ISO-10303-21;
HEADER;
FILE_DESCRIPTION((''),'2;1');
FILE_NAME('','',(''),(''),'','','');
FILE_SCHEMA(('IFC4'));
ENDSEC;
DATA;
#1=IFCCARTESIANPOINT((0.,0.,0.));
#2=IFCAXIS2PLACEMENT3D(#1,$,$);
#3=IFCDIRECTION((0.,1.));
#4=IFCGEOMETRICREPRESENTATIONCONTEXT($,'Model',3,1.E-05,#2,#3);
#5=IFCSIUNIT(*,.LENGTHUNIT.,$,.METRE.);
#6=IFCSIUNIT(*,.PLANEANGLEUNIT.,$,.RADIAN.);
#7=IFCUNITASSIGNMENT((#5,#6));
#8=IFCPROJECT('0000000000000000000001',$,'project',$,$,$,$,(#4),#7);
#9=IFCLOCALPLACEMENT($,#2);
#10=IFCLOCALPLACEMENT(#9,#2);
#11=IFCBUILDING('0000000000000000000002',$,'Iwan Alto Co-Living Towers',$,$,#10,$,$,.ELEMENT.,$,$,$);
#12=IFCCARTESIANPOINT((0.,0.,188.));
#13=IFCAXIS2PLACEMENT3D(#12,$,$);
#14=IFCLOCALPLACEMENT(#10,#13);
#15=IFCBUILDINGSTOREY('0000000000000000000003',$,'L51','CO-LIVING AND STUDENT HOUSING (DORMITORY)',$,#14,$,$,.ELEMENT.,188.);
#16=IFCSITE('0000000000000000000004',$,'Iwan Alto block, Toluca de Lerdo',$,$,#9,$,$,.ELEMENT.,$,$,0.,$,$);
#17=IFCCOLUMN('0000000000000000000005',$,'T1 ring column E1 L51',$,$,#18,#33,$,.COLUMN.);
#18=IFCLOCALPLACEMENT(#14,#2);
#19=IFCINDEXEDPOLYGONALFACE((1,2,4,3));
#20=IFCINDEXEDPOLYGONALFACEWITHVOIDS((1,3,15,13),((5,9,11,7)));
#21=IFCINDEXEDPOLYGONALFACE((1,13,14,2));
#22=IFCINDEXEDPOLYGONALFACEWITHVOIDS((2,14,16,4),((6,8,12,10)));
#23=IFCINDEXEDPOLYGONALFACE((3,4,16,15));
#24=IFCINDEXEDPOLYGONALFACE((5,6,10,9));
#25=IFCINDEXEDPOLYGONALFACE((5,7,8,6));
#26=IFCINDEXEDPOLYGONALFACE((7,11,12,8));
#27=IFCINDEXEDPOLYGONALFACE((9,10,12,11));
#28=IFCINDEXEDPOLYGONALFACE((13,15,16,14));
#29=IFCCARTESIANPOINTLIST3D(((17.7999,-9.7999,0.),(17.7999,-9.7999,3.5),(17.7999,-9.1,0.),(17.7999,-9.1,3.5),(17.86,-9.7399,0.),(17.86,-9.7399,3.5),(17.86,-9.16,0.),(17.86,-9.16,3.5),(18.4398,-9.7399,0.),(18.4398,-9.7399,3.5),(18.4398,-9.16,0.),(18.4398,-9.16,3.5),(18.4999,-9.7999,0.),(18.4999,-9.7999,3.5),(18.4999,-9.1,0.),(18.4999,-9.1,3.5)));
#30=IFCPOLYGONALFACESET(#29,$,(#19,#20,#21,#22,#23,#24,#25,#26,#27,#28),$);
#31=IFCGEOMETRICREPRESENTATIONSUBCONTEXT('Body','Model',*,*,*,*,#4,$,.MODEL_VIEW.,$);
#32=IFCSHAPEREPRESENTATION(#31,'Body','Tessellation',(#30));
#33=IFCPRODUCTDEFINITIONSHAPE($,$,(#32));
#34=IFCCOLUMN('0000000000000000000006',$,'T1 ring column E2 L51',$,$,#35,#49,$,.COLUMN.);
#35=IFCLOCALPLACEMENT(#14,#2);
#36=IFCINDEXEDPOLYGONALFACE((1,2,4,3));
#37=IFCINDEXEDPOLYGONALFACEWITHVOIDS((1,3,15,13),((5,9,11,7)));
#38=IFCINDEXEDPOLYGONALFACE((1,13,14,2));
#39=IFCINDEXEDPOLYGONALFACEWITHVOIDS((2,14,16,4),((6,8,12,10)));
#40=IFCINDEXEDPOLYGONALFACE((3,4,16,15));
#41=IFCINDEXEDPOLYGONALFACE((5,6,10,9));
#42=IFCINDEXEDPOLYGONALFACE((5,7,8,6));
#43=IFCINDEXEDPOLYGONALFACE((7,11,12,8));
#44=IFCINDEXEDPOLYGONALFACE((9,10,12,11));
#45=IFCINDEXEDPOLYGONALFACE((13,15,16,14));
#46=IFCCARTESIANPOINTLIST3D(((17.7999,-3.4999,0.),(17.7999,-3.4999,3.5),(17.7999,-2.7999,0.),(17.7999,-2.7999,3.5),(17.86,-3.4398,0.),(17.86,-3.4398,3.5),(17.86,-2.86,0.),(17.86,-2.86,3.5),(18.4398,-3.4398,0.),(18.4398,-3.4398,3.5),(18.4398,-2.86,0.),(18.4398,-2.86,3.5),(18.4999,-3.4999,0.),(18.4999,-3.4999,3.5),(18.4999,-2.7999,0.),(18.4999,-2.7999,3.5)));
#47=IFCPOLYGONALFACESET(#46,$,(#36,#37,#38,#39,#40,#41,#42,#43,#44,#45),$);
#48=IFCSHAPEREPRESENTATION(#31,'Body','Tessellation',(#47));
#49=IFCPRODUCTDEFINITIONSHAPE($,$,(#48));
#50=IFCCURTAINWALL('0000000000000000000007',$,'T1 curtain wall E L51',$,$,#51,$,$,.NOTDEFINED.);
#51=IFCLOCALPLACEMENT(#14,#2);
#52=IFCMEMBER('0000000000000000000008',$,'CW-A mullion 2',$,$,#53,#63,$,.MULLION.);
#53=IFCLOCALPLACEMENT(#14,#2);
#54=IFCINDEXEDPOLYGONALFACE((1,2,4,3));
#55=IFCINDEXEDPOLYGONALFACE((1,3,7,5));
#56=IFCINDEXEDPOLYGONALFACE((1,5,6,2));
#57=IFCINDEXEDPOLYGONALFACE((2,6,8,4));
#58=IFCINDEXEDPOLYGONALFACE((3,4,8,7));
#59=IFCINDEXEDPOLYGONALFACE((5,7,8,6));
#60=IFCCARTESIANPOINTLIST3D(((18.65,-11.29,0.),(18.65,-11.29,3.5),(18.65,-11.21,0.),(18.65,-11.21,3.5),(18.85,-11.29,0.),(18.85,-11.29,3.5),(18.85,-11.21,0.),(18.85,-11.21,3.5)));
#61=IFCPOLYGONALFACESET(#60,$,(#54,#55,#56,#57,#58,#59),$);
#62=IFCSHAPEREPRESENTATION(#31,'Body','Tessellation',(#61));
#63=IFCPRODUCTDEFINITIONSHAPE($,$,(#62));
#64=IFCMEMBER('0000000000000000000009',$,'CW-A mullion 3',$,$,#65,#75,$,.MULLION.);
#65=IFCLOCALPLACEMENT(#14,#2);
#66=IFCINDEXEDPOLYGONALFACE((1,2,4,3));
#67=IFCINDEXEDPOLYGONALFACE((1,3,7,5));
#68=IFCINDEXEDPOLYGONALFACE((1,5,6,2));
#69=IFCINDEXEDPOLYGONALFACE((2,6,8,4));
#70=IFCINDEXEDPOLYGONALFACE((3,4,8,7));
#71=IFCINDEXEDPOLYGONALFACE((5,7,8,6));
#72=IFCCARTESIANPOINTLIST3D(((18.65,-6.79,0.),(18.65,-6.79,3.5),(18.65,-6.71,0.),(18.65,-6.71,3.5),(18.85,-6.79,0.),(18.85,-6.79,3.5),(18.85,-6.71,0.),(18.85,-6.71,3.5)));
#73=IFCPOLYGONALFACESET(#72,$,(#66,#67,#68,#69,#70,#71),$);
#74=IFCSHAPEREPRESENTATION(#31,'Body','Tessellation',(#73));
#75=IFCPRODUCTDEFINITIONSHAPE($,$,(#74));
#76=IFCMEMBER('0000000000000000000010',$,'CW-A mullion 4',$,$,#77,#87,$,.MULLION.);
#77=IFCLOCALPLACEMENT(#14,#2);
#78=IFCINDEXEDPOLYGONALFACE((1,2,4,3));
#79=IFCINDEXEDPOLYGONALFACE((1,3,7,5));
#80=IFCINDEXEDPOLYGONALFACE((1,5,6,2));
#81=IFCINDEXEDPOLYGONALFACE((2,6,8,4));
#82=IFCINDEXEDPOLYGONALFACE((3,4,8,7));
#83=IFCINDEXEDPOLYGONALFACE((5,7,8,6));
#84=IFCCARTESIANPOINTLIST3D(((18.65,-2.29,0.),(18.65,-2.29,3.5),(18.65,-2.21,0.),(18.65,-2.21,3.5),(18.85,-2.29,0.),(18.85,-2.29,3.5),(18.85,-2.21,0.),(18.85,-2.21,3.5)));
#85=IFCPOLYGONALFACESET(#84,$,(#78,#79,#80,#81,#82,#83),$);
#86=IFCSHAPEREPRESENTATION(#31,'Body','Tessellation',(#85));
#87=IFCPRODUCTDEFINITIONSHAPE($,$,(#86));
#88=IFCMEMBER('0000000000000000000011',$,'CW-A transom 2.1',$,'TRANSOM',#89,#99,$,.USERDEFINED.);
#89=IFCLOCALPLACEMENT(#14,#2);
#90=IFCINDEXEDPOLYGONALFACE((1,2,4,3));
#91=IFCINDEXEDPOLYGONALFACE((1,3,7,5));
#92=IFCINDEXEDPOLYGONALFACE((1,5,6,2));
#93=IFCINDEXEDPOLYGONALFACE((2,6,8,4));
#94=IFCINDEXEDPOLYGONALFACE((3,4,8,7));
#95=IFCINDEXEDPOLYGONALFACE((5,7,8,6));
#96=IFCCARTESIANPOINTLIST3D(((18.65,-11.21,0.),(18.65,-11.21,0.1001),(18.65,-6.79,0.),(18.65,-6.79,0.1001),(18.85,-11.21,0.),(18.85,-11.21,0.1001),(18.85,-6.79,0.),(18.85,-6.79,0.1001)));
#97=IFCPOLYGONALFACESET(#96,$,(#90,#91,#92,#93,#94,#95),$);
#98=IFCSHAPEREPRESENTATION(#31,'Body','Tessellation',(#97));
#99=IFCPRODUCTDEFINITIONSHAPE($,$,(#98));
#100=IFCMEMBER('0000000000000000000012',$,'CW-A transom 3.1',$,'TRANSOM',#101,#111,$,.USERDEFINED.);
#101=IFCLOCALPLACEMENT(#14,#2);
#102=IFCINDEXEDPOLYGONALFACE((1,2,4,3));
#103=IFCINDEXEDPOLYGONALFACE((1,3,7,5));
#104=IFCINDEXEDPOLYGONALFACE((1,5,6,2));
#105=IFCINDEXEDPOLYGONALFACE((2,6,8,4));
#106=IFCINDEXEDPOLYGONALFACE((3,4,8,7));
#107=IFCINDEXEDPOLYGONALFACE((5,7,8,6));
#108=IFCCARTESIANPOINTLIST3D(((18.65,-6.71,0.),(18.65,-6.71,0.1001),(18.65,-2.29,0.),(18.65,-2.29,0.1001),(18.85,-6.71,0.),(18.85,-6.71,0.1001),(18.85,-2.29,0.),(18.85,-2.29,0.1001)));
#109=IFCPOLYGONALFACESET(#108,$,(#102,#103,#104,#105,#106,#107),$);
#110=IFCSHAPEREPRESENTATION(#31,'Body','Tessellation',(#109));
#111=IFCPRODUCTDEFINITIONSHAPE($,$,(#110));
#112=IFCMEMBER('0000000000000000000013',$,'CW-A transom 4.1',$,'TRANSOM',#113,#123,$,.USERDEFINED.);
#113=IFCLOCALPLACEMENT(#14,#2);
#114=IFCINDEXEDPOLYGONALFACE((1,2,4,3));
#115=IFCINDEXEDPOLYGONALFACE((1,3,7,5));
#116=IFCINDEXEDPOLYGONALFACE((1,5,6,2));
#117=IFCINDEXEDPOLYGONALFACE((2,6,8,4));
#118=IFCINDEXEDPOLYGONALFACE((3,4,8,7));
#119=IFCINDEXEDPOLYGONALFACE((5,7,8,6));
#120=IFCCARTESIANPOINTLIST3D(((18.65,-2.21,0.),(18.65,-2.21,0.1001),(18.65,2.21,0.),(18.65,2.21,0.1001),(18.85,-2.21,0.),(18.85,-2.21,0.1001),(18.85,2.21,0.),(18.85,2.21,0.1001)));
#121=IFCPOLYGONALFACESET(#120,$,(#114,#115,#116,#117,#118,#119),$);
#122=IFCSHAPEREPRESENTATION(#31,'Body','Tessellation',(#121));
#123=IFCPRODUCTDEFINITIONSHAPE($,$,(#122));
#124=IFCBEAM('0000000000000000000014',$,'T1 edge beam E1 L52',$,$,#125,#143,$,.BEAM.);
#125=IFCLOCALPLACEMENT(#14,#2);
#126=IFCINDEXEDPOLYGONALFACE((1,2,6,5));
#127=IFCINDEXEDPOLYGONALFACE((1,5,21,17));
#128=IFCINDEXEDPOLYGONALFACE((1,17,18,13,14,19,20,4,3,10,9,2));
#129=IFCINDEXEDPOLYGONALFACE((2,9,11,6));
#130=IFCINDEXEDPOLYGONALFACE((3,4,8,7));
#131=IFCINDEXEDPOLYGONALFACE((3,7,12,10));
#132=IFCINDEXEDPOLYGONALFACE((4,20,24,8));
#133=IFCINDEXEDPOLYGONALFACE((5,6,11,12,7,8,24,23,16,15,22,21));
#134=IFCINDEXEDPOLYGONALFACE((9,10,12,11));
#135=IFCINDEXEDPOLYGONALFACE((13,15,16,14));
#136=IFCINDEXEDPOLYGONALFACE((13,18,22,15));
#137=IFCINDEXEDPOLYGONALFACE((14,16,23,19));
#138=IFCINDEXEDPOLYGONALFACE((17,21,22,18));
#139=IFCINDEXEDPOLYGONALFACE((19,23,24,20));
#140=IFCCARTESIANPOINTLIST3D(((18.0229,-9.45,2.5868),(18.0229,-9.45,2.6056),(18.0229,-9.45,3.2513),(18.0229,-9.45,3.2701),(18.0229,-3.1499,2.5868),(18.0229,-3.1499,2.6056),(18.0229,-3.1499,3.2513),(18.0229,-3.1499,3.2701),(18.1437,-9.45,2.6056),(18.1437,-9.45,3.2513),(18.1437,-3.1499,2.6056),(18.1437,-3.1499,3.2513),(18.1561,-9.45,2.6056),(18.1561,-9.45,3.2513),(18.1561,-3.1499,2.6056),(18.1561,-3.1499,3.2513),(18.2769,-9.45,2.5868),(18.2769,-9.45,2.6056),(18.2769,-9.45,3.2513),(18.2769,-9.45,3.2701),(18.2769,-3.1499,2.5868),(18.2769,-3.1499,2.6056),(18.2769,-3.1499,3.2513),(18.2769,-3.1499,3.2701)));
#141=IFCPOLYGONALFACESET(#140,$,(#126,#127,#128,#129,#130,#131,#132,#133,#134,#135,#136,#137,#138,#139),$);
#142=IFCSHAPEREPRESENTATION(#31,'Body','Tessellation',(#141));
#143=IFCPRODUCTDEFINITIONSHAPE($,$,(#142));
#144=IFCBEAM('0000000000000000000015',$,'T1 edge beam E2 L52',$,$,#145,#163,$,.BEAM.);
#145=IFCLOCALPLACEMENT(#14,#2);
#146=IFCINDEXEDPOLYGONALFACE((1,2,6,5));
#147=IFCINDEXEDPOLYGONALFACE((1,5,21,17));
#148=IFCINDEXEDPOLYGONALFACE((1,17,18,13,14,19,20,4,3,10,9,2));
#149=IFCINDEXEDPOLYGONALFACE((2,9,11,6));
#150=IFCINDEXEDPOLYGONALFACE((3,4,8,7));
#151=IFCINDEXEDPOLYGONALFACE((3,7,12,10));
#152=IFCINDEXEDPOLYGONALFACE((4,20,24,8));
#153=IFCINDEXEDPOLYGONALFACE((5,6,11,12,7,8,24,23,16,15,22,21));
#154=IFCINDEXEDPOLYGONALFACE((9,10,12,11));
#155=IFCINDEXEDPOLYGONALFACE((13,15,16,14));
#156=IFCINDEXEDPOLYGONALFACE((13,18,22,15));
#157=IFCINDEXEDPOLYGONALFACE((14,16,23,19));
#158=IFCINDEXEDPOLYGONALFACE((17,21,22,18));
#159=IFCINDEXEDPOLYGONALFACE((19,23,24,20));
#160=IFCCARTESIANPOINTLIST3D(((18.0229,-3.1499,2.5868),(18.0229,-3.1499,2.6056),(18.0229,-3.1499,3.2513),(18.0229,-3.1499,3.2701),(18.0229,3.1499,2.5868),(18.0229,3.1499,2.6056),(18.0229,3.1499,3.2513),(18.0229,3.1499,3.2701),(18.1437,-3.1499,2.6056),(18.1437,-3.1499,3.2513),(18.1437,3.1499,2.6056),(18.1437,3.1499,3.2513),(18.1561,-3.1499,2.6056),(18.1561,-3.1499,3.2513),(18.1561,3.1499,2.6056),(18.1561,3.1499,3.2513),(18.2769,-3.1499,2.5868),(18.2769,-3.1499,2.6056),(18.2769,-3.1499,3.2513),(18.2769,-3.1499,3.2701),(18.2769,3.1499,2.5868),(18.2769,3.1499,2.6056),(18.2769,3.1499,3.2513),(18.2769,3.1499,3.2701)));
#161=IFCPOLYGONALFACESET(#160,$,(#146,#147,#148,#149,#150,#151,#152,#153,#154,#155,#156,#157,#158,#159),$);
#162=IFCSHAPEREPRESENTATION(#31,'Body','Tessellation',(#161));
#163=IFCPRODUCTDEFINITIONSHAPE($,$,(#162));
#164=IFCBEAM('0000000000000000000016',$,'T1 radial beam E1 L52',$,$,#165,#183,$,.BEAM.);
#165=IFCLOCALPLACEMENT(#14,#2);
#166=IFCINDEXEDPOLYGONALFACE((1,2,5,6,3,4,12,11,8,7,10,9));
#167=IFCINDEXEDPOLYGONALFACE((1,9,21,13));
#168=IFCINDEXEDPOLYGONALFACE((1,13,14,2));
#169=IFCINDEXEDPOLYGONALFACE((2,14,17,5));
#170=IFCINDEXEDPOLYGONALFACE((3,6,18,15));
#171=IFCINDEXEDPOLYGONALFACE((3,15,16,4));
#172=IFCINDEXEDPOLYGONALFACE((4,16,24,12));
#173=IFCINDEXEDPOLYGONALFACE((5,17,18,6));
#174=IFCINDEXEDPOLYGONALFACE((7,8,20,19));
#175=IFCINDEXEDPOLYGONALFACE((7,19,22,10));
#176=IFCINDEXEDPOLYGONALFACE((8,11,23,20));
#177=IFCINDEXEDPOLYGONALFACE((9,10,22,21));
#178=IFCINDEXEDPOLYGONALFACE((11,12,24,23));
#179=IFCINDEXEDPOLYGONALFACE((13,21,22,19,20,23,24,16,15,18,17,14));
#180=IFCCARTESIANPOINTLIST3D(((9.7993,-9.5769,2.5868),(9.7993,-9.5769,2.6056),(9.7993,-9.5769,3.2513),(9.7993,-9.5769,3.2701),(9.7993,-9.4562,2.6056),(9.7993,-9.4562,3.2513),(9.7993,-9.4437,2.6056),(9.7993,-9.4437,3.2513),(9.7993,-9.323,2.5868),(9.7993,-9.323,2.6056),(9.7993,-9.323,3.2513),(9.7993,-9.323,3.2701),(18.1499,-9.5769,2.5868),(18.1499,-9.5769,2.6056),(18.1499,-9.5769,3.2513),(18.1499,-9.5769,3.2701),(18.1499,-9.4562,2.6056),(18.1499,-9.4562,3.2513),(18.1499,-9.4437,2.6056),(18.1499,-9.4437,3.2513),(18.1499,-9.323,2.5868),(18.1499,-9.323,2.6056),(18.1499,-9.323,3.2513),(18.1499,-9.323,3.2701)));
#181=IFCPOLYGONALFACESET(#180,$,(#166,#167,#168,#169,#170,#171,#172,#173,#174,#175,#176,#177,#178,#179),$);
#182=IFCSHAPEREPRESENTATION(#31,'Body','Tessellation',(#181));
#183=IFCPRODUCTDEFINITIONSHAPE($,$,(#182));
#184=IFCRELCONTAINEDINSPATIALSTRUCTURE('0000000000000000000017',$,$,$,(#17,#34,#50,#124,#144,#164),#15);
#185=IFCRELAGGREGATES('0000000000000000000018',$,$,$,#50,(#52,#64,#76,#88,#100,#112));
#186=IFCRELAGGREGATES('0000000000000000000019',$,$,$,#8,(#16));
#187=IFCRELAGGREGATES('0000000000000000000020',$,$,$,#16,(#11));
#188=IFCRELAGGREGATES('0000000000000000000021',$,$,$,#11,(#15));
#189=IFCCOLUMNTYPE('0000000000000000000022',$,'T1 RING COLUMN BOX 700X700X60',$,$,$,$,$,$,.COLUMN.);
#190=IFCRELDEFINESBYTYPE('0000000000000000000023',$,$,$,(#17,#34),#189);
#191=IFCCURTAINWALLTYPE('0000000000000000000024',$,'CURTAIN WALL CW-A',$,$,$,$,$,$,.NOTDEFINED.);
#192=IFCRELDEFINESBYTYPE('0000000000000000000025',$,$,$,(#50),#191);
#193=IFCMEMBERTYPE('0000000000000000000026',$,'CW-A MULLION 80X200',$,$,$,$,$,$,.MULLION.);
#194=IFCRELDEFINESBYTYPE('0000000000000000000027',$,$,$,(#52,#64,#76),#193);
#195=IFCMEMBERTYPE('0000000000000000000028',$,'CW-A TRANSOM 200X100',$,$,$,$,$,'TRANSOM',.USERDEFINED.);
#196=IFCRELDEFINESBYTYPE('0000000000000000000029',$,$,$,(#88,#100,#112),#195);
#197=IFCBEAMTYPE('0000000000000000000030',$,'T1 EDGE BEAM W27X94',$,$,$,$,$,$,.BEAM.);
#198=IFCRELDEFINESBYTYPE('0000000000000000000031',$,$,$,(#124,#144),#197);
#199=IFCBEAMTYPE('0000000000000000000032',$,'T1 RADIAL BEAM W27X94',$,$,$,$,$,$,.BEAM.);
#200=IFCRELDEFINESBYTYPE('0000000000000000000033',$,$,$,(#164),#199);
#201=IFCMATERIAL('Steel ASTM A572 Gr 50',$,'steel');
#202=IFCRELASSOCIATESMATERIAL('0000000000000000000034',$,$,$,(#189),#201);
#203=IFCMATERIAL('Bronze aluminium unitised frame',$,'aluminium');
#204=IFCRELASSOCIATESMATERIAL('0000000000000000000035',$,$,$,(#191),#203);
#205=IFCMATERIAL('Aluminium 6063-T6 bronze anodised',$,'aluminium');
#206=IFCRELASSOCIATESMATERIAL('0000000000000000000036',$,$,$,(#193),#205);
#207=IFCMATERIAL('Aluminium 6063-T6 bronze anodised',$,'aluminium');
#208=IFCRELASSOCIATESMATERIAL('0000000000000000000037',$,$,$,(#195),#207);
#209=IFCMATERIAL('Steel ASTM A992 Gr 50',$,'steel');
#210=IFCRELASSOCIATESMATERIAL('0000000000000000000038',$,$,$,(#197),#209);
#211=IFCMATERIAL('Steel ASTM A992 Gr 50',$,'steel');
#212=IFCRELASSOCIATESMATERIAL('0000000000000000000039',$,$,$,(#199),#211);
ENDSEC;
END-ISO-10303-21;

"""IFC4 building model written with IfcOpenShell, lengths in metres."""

from ifc_helpers import new_model, si_unit, direction, frame, origin, origin_2d, place, context, subcontext, project, spatial, rectangle, hollow_rectangle, i_section, extrude, material, material_profile, profile_set, type_object, element, aggregate, save


model = new_model("IFC4")

# Units and contexts
model_context = context("Model", 3, precision=1e-05, world=origin(), true_north=direction((0.0, 1.0)))
body_context = subcontext(model_context, "Body", "Model", "MODEL_VIEW")
ifc_project = project(units=[si_unit("LENGTHUNIT", "METRE"), si_unit("PLANEANGLEUNIT", "RADIAN")], contexts=[model_context])

# Site, building, storey
site_placement = place(None, origin())
site = spatial("IfcSite", under=ifc_project, at=site_placement, Name="Iwan Alto block, Toluca de Lerdo", CompositionType="ELEMENT", RefElevation=0.0)
building_placement = place(site_placement, origin())
building = spatial("IfcBuilding", under=site, at=building_placement, Name="Iwan Alto Co-Living Towers", CompositionType="ELEMENT")
storey_placement = place(building_placement, frame((0.0, 0.0, 188.0)))
storey = spatial("IfcBuildingStorey", under=building, at=storey_placement, Name="L51", Description="CO-LIVING AND STUDENT HOUSING (DORMITORY)", CompositionType="ELEMENT", Elevation=188.0)

# Columns
ifc_material_1 = material(Name="Steel ASTM A572 Gr 50", Category="steel")
ifc_material_profile_1 = material_profile(ifc_material_1, hollow_rectangle(XDim=0.7, YDim=0.7, WallThickness=0.0601, at=origin_2d()), Name="BOX 700X700X60")
ifc_profile_set_1 = profile_set([ifc_material_profile_1], Name="Steel ASTM A572 Gr 50")
column_type = type_object("IfcColumnType", Name="T1 RING COLUMN BOX 700X700X60", PredefinedType="COLUMN", material=ifc_profile_set_1)
for number, where, z_axis, x_axis, name in (
    (1, (18.1499, -9.45, 0.0), (0.0, 0.0, 1.0), (1.0, 0.0, 0.0), "T1 ring column E1 L51"),
    (2, (18.1499, -3.1499, 0.0), (0.0, 0.0, 1.0), (1.0, 0.0, 0.0), "T1 ring column E2 L51"),
):
    element("IfcColumn", number, at=place(storey_placement, frame(where, z_axis=z_axis, x_axis=x_axis)), inside=storey, type_object=column_type, Name=name, PredefinedType="COLUMN", context=body_context, shape_type="SweptSolid", body=[
        extrude(hollow_rectangle(XDim=0.7, YDim=0.7, WallThickness=0.0601, at=origin_2d()), origin(), (0.0, 0.0, 1.0), 3.5),
    ])

# Curtain wall, members
ifc_material_2 = material(Name="Bronze aluminium unitised frame", Category="aluminium")
curtain_wall_type = type_object("IfcCurtainWallType", Name="CURTAIN WALL CW-A", PredefinedType="NOTDEFINED", material=ifc_material_2)
curtain_wall_placement = place(storey_placement, origin())
curtain_wall = element("IfcCurtainWall", 3, at=curtain_wall_placement, inside=storey, type_object=curtain_wall_type, Name="T1 curtain wall E L51", PredefinedType="NOTDEFINED")
ifc_material_3 = material(Name="Aluminium 6063-T6 bronze anodised", Category="aluminium")
ifc_material_profile_2 = material_profile(ifc_material_3, rectangle(XDim=0.2, YDim=0.0801, at=origin_2d()), Name="AL 80X200")
ifc_profile_set_2 = profile_set([ifc_material_profile_2], Name="Aluminium 6063-T6 bronze anodised")
member_type_1 = type_object("IfcMemberType", Name="CW-A MULLION 80X200", PredefinedType="MULLION", material=ifc_profile_set_2)
member_1_placement = place(storey_placement, frame((18.75, -11.25, 0.0), z_axis=(0.0, 0.0, 1.0), x_axis=(-1.0, 0.0, 0.0)))
member_1 = element("IfcMember", 4, at=member_1_placement, type_object=member_type_1, Name="CW-A mullion 2", PredefinedType="MULLION", context=body_context, shape_type="SweptSolid", body=[
    extrude(rectangle(XDim=0.2, YDim=0.0801, at=origin_2d()), origin(), (0.0, 0.0, 1.0), 3.5),
])
member_2_placement = place(storey_placement, frame((18.75, -6.75, 0.0), z_axis=(0.0, 0.0, 1.0), x_axis=(-1.0, 0.0, 0.0)))
member_2 = element("IfcMember", 5, at=member_2_placement, type_object=member_type_1, Name="CW-A mullion 3", PredefinedType="MULLION", context=body_context, shape_type="SweptSolid", body=[
    extrude(rectangle(XDim=0.2, YDim=0.0801, at=origin_2d()), origin(), (0.0, 0.0, 1.0), 3.5),
])
member_3_placement = place(storey_placement, frame((18.75, -2.25, 0.0), z_axis=(0.0, 0.0, 1.0), x_axis=(-1.0, 0.0, 0.0)))
member_3 = element("IfcMember", 6, at=member_3_placement, type_object=member_type_1, Name="CW-A mullion 4", PredefinedType="MULLION", context=body_context, shape_type="SweptSolid", body=[
    extrude(rectangle(XDim=0.2, YDim=0.0801, at=origin_2d()), origin(), (0.0, 0.0, 1.0), 3.5),
])
ifc_material_4 = material(Name="Aluminium 6063-T6 bronze anodised", Category="aluminium")
ifc_material_profile_3 = material_profile(ifc_material_4, rectangle(XDim=0.2, YDim=0.1001, at=origin_2d()), Name="AL 200X100")
ifc_profile_set_3 = profile_set([ifc_material_profile_3], Name="Aluminium 6063-T6 bronze anodised")
member_type_2 = type_object("IfcMemberType", Name="CW-A TRANSOM 200X100", ElementType="TRANSOM", PredefinedType="USERDEFINED", material=ifc_profile_set_3)
member_4_placement = place(storey_placement, frame((18.75, -11.21, 0.05), z_axis=(0.0, 1.0, 0.0), x_axis=(-1.0, 0.0, 0.0)))
member_4 = element("IfcMember", 7, at=member_4_placement, type_object=member_type_2, Name="CW-A transom 2.1", ObjectType="TRANSOM", PredefinedType="USERDEFINED", context=body_context, shape_type="SweptSolid", body=[
    extrude(rectangle(XDim=0.2, YDim=0.1001, at=origin_2d()), origin(), (0.0, 0.0, 1.0), 4.4199),
])
member_5_placement = place(storey_placement, frame((18.75, -6.71, 0.05), z_axis=(0.0, 1.0, 0.0), x_axis=(-1.0, 0.0, 0.0)))
member_5 = element("IfcMember", 8, at=member_5_placement, type_object=member_type_2, Name="CW-A transom 3.1", ObjectType="TRANSOM", PredefinedType="USERDEFINED", context=body_context, shape_type="SweptSolid", body=[
    extrude(rectangle(XDim=0.2, YDim=0.1001, at=origin_2d()), origin(), (0.0, 0.0, 1.0), 4.4199),
])
member_6_placement = place(storey_placement, frame((18.75, -2.21, 0.05), z_axis=(0.0, 1.0, 0.0), x_axis=(-1.0, 0.0, 0.0)))
member_6 = element("IfcMember", 9, at=member_6_placement, type_object=member_type_2, Name="CW-A transom 4.1", ObjectType="TRANSOM", PredefinedType="USERDEFINED", context=body_context, shape_type="SweptSolid", body=[
    extrude(rectangle(XDim=0.2, YDim=0.1001, at=origin_2d()), origin(), (0.0, 0.0, 1.0), 4.4199),
])

# Beams
ifc_material_5 = material(Name="Steel ASTM A992 Gr 50", Category="steel")
ifc_material_profile_4 = material_profile(ifc_material_5, i_section(OverallWidth=0.2539, OverallDepth=0.6833, WebThickness=0.0125, FlangeThickness=0.0188, at=origin_2d()), Name="W27X94")
ifc_profile_set_4 = profile_set([ifc_material_profile_4], Name="Steel ASTM A992 Gr 50")
beam_type_1 = type_object("IfcBeamType", Name="T1 EDGE BEAM W27X94", PredefinedType="BEAM", material=ifc_profile_set_4)
beam_1_placement = place(storey_placement, frame((18.1499, -9.45, 2.9285), z_axis=(0.0, 1.0, 0.0), x_axis=(-1.0, 0.0, 0.0)))
element("IfcBeam", 10, at=beam_1_placement, inside=storey, type_object=beam_type_1, Name="T1 edge beam E1 L52", PredefinedType="BEAM", context=body_context, shape_type="SweptSolid", body=[
    extrude(i_section(OverallWidth=0.2539, OverallDepth=0.6833, WebThickness=0.0125, FlangeThickness=0.0188, at=origin_2d()), origin(), (0.0, 0.0, 1.0), 6.3),
])
beam_2_placement = place(storey_placement, frame((18.1499, -3.1499, 2.9285), z_axis=(0.0, 1.0, 0.0), x_axis=(-1.0, 0.0, 0.0)))
element("IfcBeam", 11, at=beam_2_placement, inside=storey, type_object=beam_type_1, Name="T1 edge beam E2 L52", PredefinedType="BEAM", context=body_context, shape_type="SweptSolid", body=[
    extrude(i_section(OverallWidth=0.2539, OverallDepth=0.6833, WebThickness=0.0125, FlangeThickness=0.0188, at=origin_2d()), origin(), (0.0, 0.0, 1.0), 6.2998),
])
ifc_material_6 = material(Name="Steel ASTM A992 Gr 50", Category="steel")
ifc_material_profile_5 = material_profile(ifc_material_6, i_section(OverallWidth=0.2539, OverallDepth=0.6833, WebThickness=0.0125, FlangeThickness=0.0188, at=origin_2d()), Name="W27X94")
ifc_profile_set_5 = profile_set([ifc_material_profile_5], Name="Steel ASTM A992 Gr 50")
beam_type_2 = type_object("IfcBeamType", Name="T1 RADIAL BEAM W27X94", PredefinedType="BEAM", material=ifc_profile_set_5)
for number, where, z_axis, x_axis, name in (
    (12, (18.1499, -9.45, 2.9285), (-1.0, 0.0, 0.0), (0.0, -1.0, 0.0), "T1 radial beam E1 L52"),
):
    element("IfcBeam", number, at=place(storey_placement, frame(where, z_axis=z_axis, x_axis=x_axis)), inside=storey, type_object=beam_type_2, Name=name, PredefinedType="BEAM", context=body_context, shape_type="SweptSolid", body=[
        extrude(i_section(OverallWidth=0.2539, OverallDepth=0.6833, WebThickness=0.0125, FlangeThickness=0.0188, at=origin_2d()), origin(), (0.0, 0.0, 1.0), 8.3506),
    ])

aggregate(curtain_wall, [member_1, member_2, member_3, member_4, member_5, member_6])

save(model, "model.ifc")
